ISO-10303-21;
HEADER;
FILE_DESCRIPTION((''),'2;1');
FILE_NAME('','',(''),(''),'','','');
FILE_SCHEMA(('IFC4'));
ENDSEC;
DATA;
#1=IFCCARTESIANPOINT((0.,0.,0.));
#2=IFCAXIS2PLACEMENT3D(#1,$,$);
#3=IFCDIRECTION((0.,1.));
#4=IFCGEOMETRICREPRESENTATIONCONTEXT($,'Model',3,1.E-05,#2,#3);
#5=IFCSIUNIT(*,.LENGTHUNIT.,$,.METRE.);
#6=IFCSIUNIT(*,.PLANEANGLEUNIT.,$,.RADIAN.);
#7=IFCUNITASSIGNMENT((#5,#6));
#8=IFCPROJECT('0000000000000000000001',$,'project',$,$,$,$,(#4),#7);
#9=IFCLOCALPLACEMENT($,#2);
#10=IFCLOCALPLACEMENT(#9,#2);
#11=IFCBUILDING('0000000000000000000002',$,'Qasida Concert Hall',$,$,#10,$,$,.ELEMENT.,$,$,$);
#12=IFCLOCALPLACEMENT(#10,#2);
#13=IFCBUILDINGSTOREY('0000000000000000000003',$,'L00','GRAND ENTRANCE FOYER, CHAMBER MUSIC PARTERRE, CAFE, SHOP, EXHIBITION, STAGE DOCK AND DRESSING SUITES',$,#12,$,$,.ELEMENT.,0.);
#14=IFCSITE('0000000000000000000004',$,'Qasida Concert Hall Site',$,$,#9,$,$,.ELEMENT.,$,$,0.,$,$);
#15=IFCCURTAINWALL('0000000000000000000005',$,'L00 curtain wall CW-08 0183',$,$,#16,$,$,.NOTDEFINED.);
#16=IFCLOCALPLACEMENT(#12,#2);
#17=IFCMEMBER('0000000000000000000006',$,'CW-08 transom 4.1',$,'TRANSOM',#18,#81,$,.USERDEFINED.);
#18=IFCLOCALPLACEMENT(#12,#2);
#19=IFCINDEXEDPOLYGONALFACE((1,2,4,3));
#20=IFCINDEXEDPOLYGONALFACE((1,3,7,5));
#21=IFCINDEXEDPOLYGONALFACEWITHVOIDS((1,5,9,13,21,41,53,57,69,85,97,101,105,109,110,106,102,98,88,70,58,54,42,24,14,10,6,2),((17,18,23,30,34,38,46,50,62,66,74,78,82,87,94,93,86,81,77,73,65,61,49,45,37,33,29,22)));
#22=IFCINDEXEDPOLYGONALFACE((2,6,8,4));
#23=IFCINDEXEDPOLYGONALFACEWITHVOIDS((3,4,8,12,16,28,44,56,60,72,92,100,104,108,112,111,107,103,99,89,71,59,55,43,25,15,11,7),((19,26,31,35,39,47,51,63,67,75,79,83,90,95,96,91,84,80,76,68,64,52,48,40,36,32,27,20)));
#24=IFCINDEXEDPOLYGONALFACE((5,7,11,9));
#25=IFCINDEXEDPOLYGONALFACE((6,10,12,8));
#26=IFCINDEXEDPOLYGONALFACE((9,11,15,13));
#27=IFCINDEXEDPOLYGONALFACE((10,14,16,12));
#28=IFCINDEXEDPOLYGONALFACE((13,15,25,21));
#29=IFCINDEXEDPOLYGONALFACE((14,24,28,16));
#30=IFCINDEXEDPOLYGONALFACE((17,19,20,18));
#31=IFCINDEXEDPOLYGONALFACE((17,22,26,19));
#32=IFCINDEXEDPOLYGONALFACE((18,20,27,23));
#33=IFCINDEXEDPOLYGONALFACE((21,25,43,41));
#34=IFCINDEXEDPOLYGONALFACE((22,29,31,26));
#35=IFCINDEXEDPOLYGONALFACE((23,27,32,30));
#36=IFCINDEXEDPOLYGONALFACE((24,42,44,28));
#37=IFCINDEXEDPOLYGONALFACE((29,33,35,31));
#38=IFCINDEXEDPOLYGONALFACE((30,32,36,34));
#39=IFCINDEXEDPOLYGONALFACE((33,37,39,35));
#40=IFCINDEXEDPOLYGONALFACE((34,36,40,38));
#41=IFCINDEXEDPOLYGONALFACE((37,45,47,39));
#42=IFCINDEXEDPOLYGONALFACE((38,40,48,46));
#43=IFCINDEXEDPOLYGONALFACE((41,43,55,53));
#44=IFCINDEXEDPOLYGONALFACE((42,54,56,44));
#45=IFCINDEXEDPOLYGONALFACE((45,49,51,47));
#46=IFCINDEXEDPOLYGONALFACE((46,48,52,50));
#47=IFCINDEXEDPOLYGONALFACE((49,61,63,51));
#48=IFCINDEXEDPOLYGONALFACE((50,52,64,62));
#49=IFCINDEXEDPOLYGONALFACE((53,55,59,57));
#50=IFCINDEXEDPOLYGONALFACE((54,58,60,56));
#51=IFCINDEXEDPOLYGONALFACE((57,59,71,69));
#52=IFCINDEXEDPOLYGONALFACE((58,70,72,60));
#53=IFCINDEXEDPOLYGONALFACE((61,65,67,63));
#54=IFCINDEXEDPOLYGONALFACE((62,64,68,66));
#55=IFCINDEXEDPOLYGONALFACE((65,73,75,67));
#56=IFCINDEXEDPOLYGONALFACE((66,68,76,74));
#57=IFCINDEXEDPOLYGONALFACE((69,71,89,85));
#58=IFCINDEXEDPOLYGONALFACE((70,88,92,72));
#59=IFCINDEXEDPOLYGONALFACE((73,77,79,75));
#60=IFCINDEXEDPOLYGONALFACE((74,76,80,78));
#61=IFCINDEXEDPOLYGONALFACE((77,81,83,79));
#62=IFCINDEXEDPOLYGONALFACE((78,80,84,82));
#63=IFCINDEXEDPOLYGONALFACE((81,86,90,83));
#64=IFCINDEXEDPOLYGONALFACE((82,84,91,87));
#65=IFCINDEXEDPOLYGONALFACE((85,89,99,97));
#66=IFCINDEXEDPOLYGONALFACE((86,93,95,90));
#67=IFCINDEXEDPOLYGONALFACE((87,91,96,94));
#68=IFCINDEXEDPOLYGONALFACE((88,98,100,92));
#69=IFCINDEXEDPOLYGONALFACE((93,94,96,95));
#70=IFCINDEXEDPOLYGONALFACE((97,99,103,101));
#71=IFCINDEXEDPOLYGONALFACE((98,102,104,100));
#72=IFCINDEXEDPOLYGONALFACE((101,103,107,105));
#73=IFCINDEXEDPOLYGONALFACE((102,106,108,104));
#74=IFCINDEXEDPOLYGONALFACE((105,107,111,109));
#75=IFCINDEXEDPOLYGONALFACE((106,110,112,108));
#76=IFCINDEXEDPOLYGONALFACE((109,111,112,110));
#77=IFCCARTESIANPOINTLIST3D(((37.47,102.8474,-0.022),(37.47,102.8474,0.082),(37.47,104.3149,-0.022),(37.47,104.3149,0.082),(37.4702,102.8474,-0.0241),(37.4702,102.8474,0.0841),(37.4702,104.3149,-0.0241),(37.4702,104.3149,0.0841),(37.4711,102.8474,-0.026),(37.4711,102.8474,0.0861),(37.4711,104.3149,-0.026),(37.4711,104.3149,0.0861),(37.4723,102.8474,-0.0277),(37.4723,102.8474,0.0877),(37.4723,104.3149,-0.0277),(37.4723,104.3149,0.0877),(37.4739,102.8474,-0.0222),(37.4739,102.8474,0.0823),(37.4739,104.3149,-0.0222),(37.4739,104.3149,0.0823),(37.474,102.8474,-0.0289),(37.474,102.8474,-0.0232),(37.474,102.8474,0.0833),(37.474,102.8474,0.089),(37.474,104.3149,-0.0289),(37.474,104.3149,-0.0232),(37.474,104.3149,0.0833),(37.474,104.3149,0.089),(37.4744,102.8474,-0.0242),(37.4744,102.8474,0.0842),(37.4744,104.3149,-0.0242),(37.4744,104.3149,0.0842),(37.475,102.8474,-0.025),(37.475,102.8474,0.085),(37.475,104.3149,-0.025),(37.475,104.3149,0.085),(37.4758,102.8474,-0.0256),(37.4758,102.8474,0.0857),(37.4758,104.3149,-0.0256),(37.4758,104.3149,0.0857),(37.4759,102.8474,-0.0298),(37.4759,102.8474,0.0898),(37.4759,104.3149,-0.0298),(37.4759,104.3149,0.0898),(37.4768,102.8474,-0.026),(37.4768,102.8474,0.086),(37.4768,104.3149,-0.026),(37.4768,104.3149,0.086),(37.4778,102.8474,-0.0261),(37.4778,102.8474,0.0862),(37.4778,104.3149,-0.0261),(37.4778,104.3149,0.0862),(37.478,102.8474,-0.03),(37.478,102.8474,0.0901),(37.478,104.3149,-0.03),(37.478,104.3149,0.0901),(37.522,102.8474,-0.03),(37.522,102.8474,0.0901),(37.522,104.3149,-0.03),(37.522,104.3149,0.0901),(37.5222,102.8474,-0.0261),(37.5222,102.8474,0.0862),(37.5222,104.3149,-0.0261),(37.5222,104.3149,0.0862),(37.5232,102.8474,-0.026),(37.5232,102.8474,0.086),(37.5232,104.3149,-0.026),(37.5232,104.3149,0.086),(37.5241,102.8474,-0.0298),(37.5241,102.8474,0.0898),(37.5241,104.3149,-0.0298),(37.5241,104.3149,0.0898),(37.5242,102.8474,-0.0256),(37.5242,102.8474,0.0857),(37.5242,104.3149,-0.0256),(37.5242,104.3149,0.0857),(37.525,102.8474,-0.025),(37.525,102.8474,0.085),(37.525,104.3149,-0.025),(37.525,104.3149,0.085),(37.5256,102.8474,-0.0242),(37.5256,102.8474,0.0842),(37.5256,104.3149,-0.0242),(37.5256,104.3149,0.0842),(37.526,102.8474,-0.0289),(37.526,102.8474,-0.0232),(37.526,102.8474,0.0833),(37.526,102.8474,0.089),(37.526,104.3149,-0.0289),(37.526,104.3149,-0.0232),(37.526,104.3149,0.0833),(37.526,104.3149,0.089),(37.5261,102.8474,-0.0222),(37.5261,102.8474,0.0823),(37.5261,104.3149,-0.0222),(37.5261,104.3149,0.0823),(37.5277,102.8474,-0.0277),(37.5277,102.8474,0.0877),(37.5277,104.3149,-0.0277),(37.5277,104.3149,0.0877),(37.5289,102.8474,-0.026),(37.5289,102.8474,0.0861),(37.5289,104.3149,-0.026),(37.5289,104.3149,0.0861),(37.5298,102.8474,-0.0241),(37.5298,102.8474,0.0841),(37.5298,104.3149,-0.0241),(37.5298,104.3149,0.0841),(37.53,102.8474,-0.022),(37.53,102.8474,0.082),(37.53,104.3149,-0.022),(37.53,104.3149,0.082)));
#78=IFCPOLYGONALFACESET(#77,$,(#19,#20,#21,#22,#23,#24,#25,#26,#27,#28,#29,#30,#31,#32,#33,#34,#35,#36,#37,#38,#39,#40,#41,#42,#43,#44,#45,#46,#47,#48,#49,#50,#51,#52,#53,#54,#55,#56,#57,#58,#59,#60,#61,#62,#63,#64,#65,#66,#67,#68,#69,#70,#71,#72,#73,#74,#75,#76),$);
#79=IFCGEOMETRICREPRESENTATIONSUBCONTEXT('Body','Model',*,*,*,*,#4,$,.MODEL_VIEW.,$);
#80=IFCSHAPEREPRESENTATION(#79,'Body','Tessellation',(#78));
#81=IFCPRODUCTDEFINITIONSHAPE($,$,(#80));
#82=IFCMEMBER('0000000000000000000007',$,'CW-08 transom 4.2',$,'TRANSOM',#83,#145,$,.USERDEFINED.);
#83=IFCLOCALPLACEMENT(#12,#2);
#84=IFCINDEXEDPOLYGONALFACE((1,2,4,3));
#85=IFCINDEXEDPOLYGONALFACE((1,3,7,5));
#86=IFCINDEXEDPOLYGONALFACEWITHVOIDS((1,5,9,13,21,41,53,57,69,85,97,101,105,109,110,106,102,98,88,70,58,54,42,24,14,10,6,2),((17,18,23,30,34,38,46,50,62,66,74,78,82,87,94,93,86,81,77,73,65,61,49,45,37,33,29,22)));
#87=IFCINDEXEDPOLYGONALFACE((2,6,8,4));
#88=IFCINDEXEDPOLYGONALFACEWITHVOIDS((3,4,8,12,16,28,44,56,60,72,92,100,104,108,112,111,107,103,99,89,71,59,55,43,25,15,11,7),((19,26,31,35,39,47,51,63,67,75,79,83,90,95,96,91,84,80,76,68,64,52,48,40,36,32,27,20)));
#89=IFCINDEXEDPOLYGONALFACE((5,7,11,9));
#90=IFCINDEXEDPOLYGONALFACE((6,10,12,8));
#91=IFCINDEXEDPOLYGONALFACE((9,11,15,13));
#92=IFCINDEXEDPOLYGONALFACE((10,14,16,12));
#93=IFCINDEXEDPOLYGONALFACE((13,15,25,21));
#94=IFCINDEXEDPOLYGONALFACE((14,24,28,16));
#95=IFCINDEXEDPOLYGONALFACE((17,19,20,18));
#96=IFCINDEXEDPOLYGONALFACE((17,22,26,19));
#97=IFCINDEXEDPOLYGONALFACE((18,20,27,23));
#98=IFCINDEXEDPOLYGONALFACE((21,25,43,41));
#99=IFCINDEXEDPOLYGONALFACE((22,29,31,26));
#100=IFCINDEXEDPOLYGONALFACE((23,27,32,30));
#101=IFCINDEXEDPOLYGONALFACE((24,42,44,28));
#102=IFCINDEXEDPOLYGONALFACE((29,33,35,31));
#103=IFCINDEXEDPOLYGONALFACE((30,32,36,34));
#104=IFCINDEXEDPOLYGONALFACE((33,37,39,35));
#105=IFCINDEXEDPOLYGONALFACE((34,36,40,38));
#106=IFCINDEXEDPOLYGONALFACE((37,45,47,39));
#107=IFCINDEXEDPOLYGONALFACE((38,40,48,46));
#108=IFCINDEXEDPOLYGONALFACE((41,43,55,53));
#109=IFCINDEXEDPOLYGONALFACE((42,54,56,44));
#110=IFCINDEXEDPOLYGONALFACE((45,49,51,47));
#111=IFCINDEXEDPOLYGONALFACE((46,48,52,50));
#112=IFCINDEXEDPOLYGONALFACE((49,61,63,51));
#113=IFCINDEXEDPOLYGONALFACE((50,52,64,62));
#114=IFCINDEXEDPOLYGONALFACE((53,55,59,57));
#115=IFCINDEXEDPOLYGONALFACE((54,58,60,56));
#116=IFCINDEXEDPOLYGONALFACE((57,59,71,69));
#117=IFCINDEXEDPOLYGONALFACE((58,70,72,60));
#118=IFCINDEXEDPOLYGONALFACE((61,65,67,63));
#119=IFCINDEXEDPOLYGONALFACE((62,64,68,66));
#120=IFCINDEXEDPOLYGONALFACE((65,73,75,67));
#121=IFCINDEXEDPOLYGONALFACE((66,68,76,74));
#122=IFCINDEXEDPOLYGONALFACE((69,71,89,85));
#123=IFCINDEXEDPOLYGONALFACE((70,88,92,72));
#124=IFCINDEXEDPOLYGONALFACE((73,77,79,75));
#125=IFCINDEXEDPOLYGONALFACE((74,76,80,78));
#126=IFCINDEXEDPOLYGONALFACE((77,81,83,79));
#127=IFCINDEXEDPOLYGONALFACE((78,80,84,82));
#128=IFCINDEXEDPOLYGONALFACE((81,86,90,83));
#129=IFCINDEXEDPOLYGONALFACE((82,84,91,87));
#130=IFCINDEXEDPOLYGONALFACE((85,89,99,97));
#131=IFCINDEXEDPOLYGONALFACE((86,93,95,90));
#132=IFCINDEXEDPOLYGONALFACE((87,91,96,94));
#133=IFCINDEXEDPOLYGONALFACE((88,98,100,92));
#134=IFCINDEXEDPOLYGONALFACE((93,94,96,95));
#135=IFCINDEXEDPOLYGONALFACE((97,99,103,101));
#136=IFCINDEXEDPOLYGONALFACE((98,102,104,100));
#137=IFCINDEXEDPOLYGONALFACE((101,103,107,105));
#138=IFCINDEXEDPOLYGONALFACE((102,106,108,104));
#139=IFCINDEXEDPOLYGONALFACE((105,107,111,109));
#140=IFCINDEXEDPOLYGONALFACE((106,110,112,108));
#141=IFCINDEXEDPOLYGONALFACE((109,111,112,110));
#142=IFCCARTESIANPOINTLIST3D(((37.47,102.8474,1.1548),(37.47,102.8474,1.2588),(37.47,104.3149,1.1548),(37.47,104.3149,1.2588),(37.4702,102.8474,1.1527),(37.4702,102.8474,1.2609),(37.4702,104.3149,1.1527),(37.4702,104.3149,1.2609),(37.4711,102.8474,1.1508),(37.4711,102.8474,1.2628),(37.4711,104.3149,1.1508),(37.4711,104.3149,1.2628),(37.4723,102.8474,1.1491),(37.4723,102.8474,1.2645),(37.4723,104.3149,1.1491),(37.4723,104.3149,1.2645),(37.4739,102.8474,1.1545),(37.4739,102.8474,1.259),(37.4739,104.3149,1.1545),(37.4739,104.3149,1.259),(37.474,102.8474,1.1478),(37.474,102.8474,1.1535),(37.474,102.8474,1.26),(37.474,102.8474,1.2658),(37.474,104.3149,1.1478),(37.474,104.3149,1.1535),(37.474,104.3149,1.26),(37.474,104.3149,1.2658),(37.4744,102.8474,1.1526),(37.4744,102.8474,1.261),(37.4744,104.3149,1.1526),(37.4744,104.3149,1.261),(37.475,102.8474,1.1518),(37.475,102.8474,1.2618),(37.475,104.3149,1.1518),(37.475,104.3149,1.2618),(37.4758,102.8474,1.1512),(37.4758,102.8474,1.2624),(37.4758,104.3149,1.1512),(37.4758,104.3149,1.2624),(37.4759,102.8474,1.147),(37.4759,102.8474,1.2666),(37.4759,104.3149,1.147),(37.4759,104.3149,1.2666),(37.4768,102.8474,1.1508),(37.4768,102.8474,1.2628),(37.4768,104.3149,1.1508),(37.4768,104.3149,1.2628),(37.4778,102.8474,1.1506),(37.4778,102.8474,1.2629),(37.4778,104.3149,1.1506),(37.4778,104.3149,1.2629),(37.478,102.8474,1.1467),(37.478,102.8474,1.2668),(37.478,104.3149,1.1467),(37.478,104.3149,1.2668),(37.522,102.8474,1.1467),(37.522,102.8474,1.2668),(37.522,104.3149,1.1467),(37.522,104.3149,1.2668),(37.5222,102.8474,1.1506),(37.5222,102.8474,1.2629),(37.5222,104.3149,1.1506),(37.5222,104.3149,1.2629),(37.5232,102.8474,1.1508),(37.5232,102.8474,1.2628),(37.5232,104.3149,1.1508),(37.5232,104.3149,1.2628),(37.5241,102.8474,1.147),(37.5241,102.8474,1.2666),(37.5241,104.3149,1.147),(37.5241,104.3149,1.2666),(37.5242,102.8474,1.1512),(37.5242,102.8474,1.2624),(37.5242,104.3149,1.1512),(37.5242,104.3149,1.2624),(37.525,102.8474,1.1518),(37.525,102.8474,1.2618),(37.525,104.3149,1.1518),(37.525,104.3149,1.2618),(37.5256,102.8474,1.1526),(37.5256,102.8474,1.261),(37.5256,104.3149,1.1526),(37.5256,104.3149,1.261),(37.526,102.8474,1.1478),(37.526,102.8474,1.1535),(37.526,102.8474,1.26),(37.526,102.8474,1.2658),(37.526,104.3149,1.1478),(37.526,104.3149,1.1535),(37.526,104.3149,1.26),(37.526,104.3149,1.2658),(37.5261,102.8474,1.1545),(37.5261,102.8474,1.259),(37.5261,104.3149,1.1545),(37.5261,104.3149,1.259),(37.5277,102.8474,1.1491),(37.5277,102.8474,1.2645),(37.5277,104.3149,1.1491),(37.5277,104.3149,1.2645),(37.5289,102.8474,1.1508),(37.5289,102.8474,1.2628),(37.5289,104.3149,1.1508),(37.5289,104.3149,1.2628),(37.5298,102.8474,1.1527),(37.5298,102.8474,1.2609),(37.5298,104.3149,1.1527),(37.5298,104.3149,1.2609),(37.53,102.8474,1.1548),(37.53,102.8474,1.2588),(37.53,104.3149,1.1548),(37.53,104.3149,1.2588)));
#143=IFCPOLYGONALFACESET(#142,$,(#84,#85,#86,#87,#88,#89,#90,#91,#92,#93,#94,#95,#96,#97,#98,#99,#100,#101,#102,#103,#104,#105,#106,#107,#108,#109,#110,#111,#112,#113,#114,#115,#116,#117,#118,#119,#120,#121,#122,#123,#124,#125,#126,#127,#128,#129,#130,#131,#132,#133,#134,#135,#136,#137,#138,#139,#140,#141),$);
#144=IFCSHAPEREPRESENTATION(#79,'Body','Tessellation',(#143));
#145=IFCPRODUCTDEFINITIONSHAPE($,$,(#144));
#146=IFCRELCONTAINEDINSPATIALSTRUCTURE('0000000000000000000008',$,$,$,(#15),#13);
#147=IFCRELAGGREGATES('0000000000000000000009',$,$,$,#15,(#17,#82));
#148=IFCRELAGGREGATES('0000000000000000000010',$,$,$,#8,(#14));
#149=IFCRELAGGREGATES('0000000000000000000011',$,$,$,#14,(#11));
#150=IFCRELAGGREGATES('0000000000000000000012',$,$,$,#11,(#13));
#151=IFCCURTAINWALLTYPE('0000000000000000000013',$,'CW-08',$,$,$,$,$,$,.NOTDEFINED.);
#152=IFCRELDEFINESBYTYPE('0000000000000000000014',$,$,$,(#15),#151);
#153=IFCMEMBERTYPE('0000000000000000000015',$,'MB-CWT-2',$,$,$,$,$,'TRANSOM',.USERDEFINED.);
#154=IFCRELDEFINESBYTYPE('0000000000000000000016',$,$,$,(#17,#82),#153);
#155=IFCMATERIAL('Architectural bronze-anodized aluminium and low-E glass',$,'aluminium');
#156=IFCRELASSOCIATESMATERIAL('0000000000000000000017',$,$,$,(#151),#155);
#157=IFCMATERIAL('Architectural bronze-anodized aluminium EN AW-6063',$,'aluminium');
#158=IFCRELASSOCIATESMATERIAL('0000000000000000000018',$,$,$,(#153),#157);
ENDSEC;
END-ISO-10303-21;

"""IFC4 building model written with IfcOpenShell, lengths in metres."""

from ifc_helpers import new_model, si_unit, direction, frame, origin, origin_2d, place, context, subcontext, project, spatial, hollow_rectangle, extrude, material, material_profile, profile_set, type_object, element, aggregate, save


model = new_model("IFC4")

# Units and contexts
model_context = context("Model", 3, precision=1e-05, world=origin(), true_north=direction((0.0, 1.0)))
body_context = subcontext(model_context, "Body", "Model", "MODEL_VIEW")
ifc_project = project(units=[si_unit("LENGTHUNIT", "METRE"), si_unit("PLANEANGLEUNIT", "RADIAN")], contexts=[model_context])

# Site, building, storey
site_placement = place(None, origin())
site = spatial("IfcSite", under=ifc_project, at=site_placement, Name="Qasida Concert Hall Site", CompositionType="ELEMENT", RefElevation=0.0)
building_placement = place(site_placement, origin())
building = spatial("IfcBuilding", under=site, at=building_placement, Name="Qasida Concert Hall", CompositionType="ELEMENT")
storey_placement = place(building_placement, origin())
storey = spatial("IfcBuildingStorey", under=building, at=storey_placement, Name="L00", Description="GRAND ENTRANCE FOYER, CHAMBER MUSIC PARTERRE, CAFE, SHOP, EXHIBITION, STAGE DOCK AND DRESSING SUITES", CompositionType="ELEMENT", Elevation=0.0)

# Curtain wall, members
ifc_material_1 = material(Name="Architectural bronze-anodized aluminium and low-E glass", Category="aluminium")
curtain_wall_type = type_object("IfcCurtainWallType", Name="CW-08", PredefinedType="NOTDEFINED", material=ifc_material_1)
curtain_wall_placement = place(storey_placement, origin())
curtain_wall = element("IfcCurtainWall", 1, at=curtain_wall_placement, inside=storey, type_object=curtain_wall_type, Name="L00 curtain wall CW-08 0183", PredefinedType="NOTDEFINED")
ifc_material_2 = material(Name="Architectural bronze-anodized aluminium EN AW-6063", Category="aluminium")
ifc_material_profile_1 = material_profile(ifc_material_2, hollow_rectangle(XDim=0.0601, YDim=0.1201, WallThickness=0.0039, InnerFilletRadius=0.0039, OuterFilletRadius=0.0081, at=origin_2d()), Name="CWT 120x60x4")
ifc_profile_set_1 = profile_set([ifc_material_profile_1], Name="Architectural bronze-anodized aluminium EN AW-6063")
member_type_1 = type_object("IfcMemberType", Name="MB-CWT-2", ElementType="TRANSOM", PredefinedType="USERDEFINED", material=ifc_profile_set_1)
member_1_placement = place(storey_placement, frame((37.5, 102.8474, 0.03), z_axis=(0.0, 1.0, 0.0), x_axis=(-1.0, 0.0, 0.0)))
member_1 = element("IfcMember", 2, at=member_1_placement, type_object=member_type_1, Name="CW-08 transom 4.1", ObjectType="TRANSOM", PredefinedType="USERDEFINED", context=body_context, shape_type="SweptSolid", body=[
    extrude(hollow_rectangle(XDim=0.0601, YDim=0.1201, WallThickness=0.0039, InnerFilletRadius=0.0039, OuterFilletRadius=0.0081, at=origin_2d()), origin(), (0.0, 0.0, 1.0), 1.4675),
])
member_2_placement = place(storey_placement, frame((37.5, 102.8474, 1.2068), z_axis=(0.0, 1.0, 0.0), x_axis=(-1.0, 0.0, 0.0)))
member_2 = element("IfcMember", 3, at=member_2_placement, type_object=member_type_1, Name="CW-08 transom 4.2", ObjectType="TRANSOM", PredefinedType="USERDEFINED", context=body_context, shape_type="SweptSolid", body=[
    extrude(hollow_rectangle(XDim=0.0601, YDim=0.1201, WallThickness=0.0039, InnerFilletRadius=0.0039, OuterFilletRadius=0.0081, at=origin_2d()), origin(), (0.0, 0.0, 1.0), 1.4675),
])
aggregate(curtain_wall, [member_1, member_2])

save(model, "model.ifc")
